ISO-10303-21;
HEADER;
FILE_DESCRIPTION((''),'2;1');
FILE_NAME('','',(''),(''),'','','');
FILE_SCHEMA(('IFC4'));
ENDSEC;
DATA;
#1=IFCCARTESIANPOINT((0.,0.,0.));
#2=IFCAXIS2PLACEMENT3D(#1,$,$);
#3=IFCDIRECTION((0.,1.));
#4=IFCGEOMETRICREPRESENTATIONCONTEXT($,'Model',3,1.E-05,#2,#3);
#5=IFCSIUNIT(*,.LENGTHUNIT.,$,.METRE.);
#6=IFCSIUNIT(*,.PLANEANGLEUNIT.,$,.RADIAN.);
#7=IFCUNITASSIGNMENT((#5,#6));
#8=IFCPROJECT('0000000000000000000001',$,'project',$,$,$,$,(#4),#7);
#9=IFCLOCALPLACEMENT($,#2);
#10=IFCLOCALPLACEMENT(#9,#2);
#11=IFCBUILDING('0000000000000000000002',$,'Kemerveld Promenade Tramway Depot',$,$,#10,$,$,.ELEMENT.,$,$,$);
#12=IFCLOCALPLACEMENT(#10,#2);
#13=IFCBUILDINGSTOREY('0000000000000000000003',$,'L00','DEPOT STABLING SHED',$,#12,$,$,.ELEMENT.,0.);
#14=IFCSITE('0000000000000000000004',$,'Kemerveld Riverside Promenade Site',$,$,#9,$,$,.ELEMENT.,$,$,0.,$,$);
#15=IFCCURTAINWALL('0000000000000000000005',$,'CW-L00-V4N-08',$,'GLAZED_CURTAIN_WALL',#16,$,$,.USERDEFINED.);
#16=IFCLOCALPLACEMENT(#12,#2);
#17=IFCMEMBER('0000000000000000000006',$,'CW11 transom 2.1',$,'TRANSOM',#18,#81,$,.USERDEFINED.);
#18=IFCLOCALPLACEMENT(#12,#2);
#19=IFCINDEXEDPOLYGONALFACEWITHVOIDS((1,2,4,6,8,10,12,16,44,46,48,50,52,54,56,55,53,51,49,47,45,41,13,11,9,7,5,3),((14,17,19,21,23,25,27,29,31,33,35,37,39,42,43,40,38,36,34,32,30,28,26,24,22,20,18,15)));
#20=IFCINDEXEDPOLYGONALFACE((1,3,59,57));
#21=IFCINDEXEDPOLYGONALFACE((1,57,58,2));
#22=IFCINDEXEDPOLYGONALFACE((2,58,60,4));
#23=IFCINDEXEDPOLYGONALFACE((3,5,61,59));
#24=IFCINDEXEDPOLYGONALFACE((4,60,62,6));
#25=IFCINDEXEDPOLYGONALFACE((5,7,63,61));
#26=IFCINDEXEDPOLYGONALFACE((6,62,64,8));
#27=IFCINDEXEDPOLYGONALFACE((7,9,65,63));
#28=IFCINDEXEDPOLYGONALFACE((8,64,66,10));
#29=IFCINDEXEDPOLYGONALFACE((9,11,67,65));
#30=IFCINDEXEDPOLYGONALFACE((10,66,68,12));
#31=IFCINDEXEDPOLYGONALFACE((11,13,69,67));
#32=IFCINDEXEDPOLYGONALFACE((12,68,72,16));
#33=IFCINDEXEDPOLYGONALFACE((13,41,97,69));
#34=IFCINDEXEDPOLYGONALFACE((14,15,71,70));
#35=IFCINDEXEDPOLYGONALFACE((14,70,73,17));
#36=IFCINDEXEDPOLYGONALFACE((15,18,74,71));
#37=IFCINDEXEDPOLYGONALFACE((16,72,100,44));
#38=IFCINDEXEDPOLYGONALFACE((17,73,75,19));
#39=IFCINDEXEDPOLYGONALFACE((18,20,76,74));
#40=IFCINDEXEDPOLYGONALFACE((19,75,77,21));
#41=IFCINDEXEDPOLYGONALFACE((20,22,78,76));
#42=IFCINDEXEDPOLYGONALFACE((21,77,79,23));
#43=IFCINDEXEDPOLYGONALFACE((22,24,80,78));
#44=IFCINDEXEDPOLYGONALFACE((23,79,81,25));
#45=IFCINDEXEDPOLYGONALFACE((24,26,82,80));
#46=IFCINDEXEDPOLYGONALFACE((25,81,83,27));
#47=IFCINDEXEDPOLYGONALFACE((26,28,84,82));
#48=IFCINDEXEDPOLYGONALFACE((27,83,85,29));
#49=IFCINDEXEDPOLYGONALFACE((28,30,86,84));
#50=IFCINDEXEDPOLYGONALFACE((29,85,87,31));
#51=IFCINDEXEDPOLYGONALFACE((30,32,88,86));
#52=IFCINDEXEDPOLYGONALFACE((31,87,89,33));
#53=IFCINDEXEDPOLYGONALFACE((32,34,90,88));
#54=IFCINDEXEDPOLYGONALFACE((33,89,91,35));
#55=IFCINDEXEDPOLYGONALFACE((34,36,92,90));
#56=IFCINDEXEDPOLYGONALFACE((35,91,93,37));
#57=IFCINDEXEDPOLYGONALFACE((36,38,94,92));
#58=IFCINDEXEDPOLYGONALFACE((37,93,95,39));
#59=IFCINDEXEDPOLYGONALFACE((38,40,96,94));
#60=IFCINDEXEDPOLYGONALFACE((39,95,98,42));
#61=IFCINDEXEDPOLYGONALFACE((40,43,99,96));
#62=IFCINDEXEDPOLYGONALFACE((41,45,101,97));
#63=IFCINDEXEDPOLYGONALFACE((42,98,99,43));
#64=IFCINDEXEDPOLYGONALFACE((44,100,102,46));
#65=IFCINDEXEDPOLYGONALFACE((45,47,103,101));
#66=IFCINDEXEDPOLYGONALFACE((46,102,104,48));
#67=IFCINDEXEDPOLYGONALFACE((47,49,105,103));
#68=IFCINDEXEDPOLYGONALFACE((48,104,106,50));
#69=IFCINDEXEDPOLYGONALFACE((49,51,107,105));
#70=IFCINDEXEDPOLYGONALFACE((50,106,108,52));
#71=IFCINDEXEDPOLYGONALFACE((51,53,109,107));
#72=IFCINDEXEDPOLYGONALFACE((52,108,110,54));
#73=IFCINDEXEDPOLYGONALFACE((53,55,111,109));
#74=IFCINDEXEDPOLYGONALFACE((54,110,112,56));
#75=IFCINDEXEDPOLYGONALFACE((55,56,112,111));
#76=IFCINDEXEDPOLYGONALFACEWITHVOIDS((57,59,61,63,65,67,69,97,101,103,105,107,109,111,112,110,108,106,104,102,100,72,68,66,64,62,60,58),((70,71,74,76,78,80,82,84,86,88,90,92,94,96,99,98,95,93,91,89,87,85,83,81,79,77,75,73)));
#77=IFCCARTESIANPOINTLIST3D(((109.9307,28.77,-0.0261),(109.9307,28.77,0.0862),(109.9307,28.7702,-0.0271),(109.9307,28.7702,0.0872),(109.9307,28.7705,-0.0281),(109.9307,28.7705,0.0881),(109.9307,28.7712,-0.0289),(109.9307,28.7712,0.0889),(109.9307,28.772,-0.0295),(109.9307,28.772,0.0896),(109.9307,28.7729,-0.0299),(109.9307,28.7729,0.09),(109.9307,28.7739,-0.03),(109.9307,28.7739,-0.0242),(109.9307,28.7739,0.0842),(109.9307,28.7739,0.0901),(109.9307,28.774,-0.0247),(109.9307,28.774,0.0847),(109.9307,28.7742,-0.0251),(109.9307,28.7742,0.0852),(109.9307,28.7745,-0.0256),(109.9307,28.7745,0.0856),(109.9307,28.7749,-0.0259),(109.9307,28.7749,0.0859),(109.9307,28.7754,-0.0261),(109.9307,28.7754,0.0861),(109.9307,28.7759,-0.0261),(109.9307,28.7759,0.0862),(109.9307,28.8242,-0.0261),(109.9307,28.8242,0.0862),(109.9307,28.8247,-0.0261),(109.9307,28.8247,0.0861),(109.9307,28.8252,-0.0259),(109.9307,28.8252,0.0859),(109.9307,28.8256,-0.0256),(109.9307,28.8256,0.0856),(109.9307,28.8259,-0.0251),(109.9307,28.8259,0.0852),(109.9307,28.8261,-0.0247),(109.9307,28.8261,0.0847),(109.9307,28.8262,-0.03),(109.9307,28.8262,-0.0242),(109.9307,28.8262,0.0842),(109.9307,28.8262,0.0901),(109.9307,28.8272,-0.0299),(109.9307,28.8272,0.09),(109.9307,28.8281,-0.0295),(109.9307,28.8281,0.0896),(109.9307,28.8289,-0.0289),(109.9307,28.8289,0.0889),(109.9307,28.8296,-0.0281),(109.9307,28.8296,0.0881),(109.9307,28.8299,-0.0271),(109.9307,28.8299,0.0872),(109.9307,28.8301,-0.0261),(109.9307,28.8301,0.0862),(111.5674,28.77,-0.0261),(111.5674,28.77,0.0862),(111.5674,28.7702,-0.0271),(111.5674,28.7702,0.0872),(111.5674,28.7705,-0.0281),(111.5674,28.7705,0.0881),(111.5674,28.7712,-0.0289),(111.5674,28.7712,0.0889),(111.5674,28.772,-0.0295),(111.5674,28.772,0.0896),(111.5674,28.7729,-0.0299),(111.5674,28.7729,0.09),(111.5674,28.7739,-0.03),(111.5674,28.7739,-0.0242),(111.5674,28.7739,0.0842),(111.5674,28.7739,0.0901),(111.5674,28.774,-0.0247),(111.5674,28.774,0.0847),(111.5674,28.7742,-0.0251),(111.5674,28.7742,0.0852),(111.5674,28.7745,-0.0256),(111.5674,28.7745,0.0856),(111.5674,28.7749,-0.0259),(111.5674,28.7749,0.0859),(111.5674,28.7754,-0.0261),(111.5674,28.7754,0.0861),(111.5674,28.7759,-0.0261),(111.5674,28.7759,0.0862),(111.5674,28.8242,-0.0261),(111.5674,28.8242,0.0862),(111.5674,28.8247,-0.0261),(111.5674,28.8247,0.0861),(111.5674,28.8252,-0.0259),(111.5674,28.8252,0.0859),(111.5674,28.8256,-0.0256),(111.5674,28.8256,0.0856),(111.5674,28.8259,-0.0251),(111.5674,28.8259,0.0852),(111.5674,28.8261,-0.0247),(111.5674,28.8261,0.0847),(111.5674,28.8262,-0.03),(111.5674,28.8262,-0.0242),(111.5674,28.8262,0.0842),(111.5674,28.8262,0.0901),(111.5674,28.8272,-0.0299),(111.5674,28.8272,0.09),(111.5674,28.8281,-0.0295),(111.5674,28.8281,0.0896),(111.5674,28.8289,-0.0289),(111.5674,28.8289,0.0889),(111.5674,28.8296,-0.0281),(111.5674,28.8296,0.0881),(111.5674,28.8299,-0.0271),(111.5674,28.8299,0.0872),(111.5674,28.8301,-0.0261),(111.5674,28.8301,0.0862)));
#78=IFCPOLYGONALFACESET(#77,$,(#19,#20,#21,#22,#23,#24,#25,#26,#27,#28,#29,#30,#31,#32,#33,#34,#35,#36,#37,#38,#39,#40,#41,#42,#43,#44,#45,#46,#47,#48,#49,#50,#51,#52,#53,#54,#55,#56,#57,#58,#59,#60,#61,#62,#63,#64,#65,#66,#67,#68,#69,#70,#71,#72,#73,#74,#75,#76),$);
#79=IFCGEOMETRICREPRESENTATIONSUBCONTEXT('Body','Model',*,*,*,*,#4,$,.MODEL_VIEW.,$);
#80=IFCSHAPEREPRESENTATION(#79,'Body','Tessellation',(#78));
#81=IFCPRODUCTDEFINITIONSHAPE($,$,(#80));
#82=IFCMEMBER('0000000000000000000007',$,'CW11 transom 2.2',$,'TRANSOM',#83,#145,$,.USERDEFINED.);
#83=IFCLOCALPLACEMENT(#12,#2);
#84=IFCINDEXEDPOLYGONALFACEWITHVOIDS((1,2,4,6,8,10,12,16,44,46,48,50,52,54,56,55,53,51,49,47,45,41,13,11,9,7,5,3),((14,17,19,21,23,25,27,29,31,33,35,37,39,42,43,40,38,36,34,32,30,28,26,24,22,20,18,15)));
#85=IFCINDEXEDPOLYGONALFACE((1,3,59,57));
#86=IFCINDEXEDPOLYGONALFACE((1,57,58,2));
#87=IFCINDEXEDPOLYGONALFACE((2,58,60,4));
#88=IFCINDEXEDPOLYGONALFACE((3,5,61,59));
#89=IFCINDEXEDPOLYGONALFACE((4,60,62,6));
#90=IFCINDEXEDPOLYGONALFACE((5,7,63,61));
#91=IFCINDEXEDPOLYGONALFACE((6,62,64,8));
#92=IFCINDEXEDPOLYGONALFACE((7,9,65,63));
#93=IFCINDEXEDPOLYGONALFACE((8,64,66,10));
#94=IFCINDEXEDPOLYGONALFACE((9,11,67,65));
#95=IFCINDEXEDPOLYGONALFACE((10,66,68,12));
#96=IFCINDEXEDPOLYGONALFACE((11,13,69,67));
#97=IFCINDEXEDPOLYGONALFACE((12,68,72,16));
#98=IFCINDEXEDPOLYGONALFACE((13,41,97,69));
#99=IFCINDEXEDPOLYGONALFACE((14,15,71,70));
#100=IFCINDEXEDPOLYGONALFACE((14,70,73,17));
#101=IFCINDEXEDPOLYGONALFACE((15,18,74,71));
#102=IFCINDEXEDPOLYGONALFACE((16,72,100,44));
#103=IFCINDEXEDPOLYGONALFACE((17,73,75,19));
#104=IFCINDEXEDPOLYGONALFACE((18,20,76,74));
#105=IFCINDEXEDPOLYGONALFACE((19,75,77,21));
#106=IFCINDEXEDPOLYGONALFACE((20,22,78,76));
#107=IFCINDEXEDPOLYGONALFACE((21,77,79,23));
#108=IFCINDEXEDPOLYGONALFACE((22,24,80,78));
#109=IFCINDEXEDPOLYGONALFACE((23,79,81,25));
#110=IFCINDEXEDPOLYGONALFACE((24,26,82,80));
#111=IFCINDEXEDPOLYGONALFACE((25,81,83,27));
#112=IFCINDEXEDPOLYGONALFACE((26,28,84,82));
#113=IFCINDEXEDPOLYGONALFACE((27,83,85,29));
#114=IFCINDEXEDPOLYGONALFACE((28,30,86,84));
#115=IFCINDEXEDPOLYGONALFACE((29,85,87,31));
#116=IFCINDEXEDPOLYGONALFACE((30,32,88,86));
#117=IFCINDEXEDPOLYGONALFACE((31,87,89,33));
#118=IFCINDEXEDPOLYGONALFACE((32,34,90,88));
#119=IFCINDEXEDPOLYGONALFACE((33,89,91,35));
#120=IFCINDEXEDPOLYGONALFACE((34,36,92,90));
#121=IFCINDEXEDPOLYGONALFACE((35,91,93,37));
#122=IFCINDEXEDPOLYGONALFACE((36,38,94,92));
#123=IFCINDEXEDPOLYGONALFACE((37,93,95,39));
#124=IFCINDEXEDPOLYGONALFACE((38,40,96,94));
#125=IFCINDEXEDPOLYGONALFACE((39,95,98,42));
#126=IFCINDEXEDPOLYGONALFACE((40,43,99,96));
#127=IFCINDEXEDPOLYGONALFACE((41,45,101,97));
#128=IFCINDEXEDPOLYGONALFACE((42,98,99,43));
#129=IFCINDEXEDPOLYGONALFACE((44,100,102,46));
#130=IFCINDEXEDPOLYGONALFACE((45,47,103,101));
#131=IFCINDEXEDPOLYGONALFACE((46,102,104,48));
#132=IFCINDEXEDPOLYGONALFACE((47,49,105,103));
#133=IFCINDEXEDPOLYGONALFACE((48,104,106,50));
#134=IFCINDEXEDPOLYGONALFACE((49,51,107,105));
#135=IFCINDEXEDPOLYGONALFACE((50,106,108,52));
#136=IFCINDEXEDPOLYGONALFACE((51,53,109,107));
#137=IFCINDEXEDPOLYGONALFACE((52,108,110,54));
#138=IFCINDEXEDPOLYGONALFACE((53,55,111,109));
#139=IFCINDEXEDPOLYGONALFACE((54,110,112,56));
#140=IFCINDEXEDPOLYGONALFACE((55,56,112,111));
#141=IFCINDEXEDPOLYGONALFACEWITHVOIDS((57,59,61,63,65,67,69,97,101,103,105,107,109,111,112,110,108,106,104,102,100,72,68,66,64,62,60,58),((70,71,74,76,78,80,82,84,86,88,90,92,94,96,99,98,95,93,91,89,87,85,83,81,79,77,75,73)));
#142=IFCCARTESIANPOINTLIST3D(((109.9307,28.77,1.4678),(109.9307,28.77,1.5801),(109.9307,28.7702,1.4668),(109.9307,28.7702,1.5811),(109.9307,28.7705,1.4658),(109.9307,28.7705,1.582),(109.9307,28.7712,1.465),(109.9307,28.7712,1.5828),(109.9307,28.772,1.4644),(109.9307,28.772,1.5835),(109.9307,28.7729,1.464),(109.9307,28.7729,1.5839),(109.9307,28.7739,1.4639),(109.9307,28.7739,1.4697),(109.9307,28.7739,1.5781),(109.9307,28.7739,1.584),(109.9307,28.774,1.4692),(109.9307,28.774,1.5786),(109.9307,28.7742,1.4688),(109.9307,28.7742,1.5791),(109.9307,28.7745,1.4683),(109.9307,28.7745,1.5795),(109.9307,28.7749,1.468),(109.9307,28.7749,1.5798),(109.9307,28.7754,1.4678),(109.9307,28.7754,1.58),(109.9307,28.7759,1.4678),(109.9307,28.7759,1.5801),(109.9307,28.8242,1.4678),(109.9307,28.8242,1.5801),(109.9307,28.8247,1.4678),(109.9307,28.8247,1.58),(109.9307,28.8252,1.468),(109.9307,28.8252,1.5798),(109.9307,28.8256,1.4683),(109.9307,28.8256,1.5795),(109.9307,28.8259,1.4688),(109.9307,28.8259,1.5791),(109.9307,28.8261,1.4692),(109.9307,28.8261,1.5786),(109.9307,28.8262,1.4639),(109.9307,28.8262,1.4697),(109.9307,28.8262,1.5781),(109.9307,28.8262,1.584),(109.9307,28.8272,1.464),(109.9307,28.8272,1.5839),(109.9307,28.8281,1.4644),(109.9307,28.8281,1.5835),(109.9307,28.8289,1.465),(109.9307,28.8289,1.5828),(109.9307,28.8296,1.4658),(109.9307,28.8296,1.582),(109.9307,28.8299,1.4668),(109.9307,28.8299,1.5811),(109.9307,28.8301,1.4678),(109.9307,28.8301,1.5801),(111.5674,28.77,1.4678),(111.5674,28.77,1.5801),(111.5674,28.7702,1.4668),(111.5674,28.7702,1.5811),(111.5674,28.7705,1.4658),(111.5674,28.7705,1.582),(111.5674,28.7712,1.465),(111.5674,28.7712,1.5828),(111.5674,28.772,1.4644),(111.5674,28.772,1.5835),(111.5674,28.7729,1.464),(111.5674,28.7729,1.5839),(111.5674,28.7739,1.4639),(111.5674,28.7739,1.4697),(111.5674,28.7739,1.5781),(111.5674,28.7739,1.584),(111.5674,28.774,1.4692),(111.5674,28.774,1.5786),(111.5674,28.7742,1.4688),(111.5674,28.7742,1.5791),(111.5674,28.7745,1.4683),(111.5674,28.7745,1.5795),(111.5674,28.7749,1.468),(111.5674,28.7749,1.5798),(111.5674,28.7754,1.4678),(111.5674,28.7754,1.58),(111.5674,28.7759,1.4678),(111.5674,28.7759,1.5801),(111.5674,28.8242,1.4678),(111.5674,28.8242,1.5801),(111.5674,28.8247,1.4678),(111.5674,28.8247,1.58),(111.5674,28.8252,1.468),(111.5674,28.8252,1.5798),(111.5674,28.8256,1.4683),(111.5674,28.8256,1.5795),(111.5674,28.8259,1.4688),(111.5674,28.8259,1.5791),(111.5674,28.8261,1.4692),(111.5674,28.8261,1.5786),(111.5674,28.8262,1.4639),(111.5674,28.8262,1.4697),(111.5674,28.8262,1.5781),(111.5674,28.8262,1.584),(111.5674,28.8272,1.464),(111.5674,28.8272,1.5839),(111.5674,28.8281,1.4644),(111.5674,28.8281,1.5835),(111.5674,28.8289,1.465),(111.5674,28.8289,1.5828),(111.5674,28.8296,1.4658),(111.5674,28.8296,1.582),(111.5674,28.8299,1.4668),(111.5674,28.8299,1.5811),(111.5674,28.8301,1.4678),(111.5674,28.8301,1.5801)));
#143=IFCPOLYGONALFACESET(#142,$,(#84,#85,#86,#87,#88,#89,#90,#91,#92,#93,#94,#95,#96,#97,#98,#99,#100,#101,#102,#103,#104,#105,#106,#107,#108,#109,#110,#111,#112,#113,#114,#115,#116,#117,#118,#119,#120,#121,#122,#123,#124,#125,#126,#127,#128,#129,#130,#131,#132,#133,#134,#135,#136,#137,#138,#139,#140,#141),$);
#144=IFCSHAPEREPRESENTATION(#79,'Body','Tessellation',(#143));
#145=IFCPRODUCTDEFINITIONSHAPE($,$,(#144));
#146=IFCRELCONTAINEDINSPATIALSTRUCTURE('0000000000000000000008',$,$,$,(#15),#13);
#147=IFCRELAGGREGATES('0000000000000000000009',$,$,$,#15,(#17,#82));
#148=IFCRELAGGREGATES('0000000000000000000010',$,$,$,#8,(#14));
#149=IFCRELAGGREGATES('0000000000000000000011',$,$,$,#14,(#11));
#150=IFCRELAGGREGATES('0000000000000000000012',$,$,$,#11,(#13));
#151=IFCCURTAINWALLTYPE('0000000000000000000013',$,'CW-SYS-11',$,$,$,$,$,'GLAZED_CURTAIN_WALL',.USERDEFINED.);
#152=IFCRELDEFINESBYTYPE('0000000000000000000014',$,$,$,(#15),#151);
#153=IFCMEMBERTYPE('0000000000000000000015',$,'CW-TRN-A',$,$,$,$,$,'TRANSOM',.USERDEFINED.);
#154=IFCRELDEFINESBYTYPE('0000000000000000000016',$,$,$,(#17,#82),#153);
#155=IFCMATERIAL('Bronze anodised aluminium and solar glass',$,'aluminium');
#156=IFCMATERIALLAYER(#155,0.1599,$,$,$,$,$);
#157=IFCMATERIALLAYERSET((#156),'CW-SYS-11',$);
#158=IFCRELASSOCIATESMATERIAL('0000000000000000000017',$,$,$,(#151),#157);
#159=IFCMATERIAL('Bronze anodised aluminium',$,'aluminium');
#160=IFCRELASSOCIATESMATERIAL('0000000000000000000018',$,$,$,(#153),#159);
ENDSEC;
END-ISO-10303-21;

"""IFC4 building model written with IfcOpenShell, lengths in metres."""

from ifc_helpers import new_model, si_unit, direction, frame, origin, origin_2d, place, context, subcontext, project, spatial, hollow_rectangle, extrude, material, layer, layer_set, material_profile, profile_set, type_object, element, aggregate, save


model = new_model("IFC4")

# Units and contexts
model_context = context("Model", 3, precision=1e-05, world=origin(), true_north=direction((0.0, 1.0)))
body_context = subcontext(model_context, "Body", "Model", "MODEL_VIEW")
ifc_project = project(units=[si_unit("LENGTHUNIT", "METRE"), si_unit("PLANEANGLEUNIT", "RADIAN")], contexts=[model_context])

# Site, building, storey
site_placement = place(None, origin())
site = spatial("IfcSite", under=ifc_project, at=site_placement, Name="Kemerveld Riverside Promenade Site", CompositionType="ELEMENT", RefElevation=0.0)
building_placement = place(site_placement, origin())
building = spatial("IfcBuilding", under=site, at=building_placement, Name="Kemerveld Promenade Tramway Depot", CompositionType="ELEMENT")
storey_placement = place(building_placement, origin())
storey = spatial("IfcBuildingStorey", under=building, at=storey_placement, Name="L00", Description="DEPOT STABLING SHED", CompositionType="ELEMENT", Elevation=0.0)

# Curtain wall, members
ifc_material_1 = material(Name="Bronze anodised aluminium and solar glass", Category="aluminium")
ifc_layer_1 = layer(ifc_material_1, 0.1599)
ifc_layer_set_1 = layer_set([ifc_layer_1], Name="CW-SYS-11")
curtain_wall_type = type_object("IfcCurtainWallType", Name="CW-SYS-11", ElementType="GLAZED_CURTAIN_WALL", PredefinedType="USERDEFINED", material=ifc_layer_set_1)
curtain_wall_placement = place(storey_placement, origin())
curtain_wall = element("IfcCurtainWall", 1, at=curtain_wall_placement, inside=storey, type_object=curtain_wall_type, Name="CW-L00-V4N-08", ObjectType="GLAZED_CURTAIN_WALL", PredefinedType="USERDEFINED")
ifc_material_2 = material(Name="Bronze anodised aluminium", Category="aluminium")
ifc_material_profile_1 = material_profile(ifc_material_2, hollow_rectangle(XDim=0.0601, YDim=0.1201, WallThickness=0.0039, InnerFilletRadius=0.002, OuterFilletRadius=0.0039, at=origin_2d()), Name="CW-TRN-120x60")
ifc_profile_set_1 = profile_set([ifc_material_profile_1], Name="Bronze anodised aluminium")
member_type_1 = type_object("IfcMemberType", Name="CW-TRN-A", ElementType="TRANSOM", PredefinedType="USERDEFINED", material=ifc_profile_set_1)
member_1_placement = place(storey_placement, frame((109.9307, 28.8, 0.03), z_axis=(1.0, 0.0, 0.0), x_axis=(0.0, 1.0, 0.0)))
member_1 = element("IfcMember", 2, at=member_1_placement, type_object=member_type_1, Name="CW11 transom 2.1", ObjectType="TRANSOM", PredefinedType="USERDEFINED", context=body_context, shape_type="SweptSolid", body=[
    extrude(hollow_rectangle(XDim=0.0601, YDim=0.1201, WallThickness=0.0039, InnerFilletRadius=0.002, OuterFilletRadius=0.0039, at=origin_2d()), origin(), (0.0, 0.0, 1.0), 1.6367),
])
member_2_placement = place(storey_placement, frame((109.9307, 28.8, 1.5239), z_axis=(1.0, 0.0, 0.0), x_axis=(0.0, 1.0, 0.0)))
member_2 = element("IfcMember", 3, at=member_2_placement, type_object=member_type_1, Name="CW11 transom 2.2", ObjectType="TRANSOM", PredefinedType="USERDEFINED", context=body_context, shape_type="SweptSolid", body=[
    extrude(hollow_rectangle(XDim=0.0601, YDim=0.1201, WallThickness=0.0039, InnerFilletRadius=0.002, OuterFilletRadius=0.0039, at=origin_2d()), origin(), (0.0, 0.0, 1.0), 1.6367),
])
aggregate(curtain_wall, [member_1, member_2])

save(model, "model.ifc")
